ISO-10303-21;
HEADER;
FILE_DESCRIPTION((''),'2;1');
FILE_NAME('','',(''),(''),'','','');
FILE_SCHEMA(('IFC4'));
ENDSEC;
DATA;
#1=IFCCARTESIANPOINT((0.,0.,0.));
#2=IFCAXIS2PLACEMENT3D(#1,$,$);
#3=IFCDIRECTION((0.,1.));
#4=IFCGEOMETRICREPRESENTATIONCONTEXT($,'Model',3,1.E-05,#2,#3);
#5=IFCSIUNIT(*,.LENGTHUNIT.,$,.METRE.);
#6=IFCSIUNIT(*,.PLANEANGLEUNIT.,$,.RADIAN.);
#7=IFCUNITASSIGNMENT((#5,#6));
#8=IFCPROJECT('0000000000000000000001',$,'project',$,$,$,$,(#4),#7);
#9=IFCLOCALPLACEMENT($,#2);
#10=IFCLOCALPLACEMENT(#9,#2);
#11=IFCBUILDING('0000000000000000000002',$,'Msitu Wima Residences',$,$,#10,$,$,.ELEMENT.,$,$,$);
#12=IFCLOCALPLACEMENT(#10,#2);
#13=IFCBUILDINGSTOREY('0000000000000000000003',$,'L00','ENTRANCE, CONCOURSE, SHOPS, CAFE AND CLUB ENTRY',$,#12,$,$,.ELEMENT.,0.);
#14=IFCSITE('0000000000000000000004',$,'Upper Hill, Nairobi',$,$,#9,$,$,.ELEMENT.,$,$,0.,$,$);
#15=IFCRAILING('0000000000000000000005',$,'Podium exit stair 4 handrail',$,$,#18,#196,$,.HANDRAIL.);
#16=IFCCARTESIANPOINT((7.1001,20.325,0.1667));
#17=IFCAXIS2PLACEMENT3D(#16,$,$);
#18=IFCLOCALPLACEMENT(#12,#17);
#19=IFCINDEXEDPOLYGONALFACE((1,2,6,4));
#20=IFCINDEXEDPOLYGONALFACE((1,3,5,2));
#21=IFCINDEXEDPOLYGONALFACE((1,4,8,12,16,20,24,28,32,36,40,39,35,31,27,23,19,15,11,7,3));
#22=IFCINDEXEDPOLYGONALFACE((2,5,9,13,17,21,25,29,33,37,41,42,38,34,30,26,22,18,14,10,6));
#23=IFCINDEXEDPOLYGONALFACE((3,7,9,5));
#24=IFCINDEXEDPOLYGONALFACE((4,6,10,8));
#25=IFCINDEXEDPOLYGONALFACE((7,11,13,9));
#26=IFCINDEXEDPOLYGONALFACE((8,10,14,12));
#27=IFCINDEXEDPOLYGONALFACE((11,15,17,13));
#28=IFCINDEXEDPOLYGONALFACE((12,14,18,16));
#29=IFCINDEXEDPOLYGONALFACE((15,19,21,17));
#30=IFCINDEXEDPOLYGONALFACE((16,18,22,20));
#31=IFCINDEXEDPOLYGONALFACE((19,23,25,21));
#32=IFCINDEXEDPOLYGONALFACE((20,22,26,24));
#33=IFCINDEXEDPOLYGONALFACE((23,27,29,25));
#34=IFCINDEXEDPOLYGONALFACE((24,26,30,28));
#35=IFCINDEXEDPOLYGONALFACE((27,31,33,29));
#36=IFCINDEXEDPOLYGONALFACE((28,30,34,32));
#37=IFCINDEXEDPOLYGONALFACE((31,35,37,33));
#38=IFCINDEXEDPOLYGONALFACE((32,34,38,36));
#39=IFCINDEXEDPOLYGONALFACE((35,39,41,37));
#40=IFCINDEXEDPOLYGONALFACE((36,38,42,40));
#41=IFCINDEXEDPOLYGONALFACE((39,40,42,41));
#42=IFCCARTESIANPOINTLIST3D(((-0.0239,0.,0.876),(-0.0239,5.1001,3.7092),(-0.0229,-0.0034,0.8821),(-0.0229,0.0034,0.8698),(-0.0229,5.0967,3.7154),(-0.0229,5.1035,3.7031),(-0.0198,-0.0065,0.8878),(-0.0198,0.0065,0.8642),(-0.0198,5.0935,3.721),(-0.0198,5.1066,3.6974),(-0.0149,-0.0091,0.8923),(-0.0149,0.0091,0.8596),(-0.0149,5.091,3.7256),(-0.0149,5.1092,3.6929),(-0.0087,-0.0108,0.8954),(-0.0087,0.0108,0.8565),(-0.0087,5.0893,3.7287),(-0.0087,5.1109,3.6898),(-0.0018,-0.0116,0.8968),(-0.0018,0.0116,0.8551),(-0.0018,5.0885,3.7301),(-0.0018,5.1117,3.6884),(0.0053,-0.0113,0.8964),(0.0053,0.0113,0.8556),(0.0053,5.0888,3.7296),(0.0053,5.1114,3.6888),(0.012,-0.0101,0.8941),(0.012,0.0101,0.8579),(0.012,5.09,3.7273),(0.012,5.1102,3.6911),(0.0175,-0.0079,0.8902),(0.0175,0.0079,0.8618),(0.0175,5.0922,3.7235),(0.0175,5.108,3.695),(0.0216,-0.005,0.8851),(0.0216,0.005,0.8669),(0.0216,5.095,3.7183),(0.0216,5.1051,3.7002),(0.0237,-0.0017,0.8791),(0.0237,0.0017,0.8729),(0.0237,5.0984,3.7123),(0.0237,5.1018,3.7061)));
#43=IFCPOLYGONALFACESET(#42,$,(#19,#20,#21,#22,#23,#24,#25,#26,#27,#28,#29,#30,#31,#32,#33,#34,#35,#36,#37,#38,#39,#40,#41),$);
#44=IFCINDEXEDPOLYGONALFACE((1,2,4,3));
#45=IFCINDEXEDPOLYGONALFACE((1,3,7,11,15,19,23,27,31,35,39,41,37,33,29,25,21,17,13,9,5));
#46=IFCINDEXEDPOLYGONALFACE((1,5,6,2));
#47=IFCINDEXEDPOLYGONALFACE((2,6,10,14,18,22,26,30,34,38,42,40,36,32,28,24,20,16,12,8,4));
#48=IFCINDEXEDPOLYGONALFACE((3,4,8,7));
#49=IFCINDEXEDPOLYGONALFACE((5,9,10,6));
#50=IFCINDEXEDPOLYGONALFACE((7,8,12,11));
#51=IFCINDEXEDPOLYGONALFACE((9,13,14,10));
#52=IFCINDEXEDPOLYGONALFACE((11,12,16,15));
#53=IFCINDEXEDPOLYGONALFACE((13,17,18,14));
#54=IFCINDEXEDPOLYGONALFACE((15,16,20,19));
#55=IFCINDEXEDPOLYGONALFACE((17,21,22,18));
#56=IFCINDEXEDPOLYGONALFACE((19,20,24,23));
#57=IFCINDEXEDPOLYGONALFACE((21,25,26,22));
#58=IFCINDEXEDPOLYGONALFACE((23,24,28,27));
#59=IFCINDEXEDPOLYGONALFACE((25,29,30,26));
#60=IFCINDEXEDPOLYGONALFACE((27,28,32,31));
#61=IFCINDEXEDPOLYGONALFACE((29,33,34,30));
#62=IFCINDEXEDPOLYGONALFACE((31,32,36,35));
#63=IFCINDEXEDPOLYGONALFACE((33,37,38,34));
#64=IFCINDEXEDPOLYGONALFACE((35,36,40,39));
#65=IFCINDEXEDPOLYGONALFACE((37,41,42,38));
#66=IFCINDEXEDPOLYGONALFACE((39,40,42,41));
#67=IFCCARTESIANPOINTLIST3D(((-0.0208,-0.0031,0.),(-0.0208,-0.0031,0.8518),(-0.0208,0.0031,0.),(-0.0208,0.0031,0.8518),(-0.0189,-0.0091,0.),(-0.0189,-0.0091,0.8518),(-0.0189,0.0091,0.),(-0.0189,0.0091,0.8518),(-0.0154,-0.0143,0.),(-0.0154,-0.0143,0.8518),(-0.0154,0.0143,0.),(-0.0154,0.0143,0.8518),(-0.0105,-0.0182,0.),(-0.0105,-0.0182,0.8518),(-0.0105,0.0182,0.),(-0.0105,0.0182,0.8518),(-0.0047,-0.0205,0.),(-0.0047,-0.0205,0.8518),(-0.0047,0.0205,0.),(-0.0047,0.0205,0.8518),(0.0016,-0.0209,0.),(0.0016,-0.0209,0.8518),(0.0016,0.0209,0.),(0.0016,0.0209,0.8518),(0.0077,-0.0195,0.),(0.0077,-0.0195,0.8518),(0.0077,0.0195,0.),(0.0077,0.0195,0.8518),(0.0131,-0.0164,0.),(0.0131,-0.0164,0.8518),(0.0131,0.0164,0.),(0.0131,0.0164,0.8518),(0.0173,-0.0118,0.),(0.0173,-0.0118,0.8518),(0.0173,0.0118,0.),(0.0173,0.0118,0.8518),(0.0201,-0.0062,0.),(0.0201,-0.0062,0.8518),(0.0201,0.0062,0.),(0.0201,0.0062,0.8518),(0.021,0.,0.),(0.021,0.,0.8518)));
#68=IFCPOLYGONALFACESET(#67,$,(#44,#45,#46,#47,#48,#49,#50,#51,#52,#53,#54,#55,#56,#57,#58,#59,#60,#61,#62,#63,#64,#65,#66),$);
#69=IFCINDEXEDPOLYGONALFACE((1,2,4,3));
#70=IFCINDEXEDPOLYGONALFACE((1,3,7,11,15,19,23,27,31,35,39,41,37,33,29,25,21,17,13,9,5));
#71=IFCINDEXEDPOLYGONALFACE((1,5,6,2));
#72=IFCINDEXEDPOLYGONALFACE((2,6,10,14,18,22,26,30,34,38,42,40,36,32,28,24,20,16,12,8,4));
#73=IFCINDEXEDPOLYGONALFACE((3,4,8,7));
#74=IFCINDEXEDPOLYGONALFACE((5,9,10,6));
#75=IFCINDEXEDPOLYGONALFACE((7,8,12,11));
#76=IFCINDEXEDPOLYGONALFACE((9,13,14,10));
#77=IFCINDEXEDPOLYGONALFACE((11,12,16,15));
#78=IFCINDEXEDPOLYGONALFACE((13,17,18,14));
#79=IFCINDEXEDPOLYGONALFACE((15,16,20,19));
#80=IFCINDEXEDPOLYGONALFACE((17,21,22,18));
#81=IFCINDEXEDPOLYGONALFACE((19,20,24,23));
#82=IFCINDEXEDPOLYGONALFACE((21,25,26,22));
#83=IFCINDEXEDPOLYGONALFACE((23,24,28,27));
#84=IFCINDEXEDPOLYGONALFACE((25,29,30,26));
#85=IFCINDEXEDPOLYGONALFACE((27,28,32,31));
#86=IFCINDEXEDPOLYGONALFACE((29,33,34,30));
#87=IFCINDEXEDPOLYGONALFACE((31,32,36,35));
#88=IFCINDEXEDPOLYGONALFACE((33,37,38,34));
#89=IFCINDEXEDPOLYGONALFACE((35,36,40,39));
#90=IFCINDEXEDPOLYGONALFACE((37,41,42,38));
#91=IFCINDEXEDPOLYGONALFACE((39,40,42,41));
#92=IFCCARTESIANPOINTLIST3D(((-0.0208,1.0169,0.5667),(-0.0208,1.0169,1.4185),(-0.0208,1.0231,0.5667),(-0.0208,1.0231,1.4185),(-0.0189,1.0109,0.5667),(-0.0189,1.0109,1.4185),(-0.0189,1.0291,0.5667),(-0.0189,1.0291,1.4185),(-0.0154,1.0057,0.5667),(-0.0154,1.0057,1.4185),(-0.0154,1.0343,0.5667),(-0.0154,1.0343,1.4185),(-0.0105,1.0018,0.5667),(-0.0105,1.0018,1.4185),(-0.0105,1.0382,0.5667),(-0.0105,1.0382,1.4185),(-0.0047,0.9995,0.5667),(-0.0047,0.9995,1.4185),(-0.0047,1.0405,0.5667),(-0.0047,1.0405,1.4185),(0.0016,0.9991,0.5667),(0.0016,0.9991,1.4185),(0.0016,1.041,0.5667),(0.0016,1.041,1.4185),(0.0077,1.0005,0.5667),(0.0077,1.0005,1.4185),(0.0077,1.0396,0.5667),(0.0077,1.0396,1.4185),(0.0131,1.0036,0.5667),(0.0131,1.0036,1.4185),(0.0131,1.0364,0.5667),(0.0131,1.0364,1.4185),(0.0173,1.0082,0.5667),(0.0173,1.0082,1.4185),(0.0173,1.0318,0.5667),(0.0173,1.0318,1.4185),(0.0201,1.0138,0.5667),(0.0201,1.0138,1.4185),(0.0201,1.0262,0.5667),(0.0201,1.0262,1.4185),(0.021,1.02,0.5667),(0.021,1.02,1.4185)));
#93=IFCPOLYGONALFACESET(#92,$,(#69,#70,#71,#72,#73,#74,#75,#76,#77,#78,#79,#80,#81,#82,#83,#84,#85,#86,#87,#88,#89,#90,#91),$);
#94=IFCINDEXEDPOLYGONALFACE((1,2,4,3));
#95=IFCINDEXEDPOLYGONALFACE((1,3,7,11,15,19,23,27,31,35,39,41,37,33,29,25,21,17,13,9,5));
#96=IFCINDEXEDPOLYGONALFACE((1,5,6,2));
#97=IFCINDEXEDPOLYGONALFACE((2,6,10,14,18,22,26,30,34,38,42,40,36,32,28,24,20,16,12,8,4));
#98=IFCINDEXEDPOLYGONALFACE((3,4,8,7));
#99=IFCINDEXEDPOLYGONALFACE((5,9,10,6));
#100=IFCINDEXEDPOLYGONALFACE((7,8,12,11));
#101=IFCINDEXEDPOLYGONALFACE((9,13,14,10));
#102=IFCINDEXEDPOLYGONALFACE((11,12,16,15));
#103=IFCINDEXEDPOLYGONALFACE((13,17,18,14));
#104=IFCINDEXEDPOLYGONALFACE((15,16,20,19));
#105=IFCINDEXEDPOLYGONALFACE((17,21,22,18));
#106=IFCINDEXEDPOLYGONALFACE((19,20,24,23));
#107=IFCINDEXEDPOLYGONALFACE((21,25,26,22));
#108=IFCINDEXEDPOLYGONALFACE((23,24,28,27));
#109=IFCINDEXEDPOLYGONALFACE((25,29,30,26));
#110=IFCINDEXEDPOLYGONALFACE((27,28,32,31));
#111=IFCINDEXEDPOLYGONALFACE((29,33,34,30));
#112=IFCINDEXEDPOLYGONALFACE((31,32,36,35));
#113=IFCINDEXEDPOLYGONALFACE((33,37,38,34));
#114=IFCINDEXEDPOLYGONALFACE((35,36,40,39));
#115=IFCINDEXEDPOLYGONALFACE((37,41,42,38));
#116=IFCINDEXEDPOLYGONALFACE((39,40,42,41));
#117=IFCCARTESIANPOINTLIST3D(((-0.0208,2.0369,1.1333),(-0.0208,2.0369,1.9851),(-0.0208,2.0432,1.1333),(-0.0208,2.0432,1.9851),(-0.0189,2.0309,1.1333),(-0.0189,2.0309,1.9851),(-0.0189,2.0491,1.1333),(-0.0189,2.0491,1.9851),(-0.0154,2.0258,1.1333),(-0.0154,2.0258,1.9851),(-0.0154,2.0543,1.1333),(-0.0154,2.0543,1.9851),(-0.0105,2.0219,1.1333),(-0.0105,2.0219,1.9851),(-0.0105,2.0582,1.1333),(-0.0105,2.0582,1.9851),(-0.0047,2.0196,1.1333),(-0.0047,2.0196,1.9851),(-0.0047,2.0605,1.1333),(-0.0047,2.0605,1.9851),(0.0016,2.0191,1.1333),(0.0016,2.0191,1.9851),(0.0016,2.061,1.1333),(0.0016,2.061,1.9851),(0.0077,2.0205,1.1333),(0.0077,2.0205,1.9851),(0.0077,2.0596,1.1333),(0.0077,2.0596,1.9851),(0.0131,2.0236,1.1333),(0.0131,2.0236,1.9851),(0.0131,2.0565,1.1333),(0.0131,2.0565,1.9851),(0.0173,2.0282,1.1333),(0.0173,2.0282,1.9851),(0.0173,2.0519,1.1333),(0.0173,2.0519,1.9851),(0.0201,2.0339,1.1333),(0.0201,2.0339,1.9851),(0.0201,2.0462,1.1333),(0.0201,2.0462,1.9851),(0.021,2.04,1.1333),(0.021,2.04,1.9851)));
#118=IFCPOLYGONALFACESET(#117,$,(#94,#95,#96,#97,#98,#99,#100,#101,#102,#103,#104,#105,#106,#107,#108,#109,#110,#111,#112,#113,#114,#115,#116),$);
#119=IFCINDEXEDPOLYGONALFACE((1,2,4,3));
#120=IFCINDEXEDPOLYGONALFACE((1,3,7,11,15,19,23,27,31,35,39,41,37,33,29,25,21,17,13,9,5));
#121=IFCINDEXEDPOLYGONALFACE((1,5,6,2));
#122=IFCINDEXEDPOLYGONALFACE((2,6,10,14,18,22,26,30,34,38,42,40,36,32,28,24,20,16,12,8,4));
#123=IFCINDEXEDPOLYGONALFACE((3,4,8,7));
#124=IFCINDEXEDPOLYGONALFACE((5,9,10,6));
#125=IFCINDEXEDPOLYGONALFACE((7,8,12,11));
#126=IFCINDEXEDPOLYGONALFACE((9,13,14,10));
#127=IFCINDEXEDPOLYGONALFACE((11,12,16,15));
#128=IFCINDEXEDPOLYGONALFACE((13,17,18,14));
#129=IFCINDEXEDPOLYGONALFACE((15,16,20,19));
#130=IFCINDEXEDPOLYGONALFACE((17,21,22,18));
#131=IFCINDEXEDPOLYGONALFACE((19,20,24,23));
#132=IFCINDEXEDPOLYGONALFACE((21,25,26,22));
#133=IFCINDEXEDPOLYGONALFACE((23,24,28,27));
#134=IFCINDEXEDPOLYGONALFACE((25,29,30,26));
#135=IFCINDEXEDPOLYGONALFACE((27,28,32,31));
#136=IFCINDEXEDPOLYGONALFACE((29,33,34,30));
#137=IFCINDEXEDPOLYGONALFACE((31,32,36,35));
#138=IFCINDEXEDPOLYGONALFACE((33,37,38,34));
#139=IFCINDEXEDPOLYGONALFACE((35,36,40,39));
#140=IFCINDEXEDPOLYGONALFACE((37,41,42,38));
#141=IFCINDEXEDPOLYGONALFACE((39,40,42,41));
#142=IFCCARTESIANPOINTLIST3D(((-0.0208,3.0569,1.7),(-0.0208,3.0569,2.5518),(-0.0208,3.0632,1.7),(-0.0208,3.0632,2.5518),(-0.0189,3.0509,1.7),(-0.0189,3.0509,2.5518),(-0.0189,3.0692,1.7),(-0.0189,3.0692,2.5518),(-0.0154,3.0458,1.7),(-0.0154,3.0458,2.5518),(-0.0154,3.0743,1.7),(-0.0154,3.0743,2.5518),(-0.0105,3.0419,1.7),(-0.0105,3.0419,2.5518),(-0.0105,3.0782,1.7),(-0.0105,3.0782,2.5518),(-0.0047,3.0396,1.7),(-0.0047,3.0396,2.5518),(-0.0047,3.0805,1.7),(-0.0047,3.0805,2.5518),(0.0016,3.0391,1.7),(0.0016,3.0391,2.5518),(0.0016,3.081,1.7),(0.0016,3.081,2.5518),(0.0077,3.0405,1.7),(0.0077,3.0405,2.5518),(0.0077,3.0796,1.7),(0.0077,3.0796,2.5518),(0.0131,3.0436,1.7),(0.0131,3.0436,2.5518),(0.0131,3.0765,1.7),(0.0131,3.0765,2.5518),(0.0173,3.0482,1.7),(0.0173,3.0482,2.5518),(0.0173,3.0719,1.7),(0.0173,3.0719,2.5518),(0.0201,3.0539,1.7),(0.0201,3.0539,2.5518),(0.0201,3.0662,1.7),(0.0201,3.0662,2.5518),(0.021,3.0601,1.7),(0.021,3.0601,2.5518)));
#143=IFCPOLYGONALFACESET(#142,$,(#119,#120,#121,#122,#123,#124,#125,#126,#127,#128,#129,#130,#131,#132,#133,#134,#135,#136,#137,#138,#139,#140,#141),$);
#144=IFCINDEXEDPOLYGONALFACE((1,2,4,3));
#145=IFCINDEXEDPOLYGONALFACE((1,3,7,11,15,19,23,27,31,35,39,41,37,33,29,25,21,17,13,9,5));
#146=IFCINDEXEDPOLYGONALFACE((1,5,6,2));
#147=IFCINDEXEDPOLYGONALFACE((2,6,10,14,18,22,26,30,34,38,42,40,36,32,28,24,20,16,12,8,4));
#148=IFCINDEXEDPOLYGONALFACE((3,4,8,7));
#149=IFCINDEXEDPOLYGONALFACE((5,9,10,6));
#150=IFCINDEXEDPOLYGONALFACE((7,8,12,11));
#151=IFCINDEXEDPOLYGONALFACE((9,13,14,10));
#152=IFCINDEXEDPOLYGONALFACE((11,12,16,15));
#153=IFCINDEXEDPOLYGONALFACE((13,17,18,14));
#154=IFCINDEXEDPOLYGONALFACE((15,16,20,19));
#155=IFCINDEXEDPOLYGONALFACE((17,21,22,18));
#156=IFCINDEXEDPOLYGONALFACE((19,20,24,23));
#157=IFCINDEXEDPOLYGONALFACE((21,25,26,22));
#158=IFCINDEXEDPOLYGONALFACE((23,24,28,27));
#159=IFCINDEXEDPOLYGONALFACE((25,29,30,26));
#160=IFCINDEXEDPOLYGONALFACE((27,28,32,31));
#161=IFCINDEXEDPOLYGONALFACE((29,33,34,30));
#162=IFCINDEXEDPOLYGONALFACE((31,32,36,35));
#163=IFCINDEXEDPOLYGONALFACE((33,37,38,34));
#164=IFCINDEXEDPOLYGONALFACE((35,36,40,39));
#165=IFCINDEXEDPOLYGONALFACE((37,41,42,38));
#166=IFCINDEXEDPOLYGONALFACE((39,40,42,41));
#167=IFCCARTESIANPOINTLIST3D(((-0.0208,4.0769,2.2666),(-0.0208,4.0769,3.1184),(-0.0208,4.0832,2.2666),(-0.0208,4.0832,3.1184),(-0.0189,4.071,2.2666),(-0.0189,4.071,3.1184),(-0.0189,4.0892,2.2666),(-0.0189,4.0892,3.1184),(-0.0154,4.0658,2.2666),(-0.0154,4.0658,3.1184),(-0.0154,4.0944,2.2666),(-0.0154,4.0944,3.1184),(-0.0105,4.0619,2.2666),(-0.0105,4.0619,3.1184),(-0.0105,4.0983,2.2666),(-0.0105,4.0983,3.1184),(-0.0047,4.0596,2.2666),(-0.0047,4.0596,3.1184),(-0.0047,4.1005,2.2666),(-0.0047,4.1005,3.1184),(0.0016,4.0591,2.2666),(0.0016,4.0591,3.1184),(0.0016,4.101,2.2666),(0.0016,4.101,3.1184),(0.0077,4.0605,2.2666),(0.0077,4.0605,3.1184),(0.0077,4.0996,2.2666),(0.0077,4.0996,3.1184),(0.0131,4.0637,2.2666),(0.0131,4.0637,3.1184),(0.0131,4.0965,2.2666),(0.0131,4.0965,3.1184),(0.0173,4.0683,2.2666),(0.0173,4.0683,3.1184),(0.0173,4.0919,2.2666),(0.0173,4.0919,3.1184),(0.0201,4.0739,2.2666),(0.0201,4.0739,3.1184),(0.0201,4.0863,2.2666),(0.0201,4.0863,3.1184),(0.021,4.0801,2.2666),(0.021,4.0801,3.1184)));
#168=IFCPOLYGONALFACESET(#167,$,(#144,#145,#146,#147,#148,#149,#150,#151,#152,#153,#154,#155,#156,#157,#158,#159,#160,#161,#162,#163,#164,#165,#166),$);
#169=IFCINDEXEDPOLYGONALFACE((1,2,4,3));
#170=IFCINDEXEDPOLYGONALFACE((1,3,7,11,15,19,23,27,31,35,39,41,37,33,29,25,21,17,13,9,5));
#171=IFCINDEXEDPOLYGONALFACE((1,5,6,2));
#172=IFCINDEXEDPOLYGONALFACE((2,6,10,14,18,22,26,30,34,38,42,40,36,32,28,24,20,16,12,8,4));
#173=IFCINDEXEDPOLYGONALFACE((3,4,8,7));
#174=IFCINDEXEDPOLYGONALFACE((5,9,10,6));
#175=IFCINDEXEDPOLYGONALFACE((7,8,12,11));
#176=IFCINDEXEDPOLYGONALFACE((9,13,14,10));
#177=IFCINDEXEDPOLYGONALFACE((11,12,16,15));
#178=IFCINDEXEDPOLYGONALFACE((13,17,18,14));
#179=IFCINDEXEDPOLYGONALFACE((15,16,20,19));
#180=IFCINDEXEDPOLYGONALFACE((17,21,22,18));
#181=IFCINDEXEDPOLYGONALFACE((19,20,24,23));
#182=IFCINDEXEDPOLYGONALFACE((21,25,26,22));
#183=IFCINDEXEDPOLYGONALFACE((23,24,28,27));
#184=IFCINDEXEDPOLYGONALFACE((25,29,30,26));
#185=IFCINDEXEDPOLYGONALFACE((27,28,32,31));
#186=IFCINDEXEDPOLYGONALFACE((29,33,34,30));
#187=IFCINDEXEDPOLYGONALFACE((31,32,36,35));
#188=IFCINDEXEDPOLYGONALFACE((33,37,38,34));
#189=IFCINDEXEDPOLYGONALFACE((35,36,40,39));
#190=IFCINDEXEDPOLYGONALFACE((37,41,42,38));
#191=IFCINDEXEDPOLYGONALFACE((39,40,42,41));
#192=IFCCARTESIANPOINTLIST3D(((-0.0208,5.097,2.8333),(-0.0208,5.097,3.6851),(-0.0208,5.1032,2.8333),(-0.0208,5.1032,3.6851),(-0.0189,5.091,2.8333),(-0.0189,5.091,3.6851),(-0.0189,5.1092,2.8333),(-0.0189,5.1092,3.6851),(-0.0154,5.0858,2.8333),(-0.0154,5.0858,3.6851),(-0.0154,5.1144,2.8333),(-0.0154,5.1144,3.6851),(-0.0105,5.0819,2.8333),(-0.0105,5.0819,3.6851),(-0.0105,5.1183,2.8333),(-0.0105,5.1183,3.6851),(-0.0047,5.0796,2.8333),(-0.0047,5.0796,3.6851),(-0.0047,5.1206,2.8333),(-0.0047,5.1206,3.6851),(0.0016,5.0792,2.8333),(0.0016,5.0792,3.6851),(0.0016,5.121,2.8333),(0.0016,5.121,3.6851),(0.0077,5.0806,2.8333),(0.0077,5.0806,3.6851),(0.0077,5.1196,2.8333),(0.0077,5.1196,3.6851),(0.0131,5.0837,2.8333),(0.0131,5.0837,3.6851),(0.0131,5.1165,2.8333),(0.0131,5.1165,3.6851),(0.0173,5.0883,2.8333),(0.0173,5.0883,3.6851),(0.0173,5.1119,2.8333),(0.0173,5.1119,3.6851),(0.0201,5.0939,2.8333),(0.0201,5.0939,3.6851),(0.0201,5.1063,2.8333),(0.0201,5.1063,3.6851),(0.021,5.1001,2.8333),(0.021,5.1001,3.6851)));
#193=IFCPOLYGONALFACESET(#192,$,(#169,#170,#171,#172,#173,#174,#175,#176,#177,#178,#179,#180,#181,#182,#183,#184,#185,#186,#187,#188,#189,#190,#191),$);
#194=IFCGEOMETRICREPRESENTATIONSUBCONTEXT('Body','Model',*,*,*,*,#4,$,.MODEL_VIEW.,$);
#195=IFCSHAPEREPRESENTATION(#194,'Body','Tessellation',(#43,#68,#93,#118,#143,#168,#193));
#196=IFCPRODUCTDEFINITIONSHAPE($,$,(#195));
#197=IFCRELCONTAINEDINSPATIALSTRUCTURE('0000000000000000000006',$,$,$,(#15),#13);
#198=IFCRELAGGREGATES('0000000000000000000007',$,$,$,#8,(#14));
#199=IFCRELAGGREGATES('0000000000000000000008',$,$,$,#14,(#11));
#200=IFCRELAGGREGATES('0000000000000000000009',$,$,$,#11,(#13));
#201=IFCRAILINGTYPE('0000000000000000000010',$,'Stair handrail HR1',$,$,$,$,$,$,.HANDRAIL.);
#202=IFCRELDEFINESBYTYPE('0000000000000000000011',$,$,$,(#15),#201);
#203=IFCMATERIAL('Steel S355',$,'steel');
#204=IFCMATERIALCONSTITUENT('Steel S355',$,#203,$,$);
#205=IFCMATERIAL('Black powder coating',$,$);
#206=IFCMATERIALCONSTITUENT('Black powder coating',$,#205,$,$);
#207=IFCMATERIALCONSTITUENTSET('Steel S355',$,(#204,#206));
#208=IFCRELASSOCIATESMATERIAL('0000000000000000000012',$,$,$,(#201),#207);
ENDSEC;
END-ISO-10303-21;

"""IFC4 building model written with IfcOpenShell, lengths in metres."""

from ifc_helpers import new_model, si_unit, direction, frame, origin, origin_2d, place, context, subcontext, project, spatial, circle, extrude, material, constituent, constituent_set, type_object, element, save


model = new_model("IFC4")

# Units and contexts
model_context = context("Model", 3, precision=1e-05, world=origin(), true_north=direction((0.0, 1.0)))
body_context = subcontext(model_context, "Body", "Model", "MODEL_VIEW")
ifc_project = project(units=[si_unit("LENGTHUNIT", "METRE"), si_unit("PLANEANGLEUNIT", "RADIAN")], contexts=[model_context])

# Site, building, storey
site_placement = place(None, origin())
site = spatial("IfcSite", under=ifc_project, at=site_placement, Name="Upper Hill, Nairobi", CompositionType="ELEMENT", RefElevation=0.0)
building_placement = place(site_placement, origin())
building = spatial("IfcBuilding", under=site, at=building_placement, Name="Msitu Wima Residences", CompositionType="ELEMENT")
storey_placement = place(building_placement, origin())
storey = spatial("IfcBuildingStorey", under=building, at=storey_placement, Name="L00", Description="ENTRANCE, CONCOURSE, SHOPS, CAFE AND CLUB ENTRY", CompositionType="ELEMENT", Elevation=0.0)

# Railing
ifc_material_1 = material(Name="Steel S355", Category="steel")
ifc_constituent_1 = constituent(ifc_material_1, Name="Steel S355")
ifc_material_2 = material(Name="Black powder coating")
ifc_constituent_2 = constituent(ifc_material_2, Name="Black powder coating")
ifc_constituent_set = constituent_set(constituents=[ifc_constituent_1, ifc_constituent_2], Name="Steel S355")
railing_type = type_object("IfcRailingType", Name="Stair handrail HR1", PredefinedType="HANDRAIL", material=ifc_constituent_set)
for number, where, name in (
    (1, (7.1001, 20.325, 0.1667), "Podium exit stair 4 handrail"),
):
    element("IfcRailing", number, at=place(storey_placement, frame(where)), inside=storey, type_object=railing_type, Name=name, PredefinedType="HANDRAIL", context=body_context, shape_type="SweptSolid", body=[
        extrude(circle(Radius=0.0239, at=origin_2d()), frame((0.0, 0.0, 0.876), z_axis=(0.0, 0.874167, 0.485625), x_axis=(-1.0, 0.0, 0.0)), (0.0, 0.0, 1.0), 5.8342),
        extrude(circle(Radius=0.021, at=origin_2d()), origin(), (0.0, 0.0, 1.0), 0.8518),
        extrude(circle(Radius=0.021, at=origin_2d()), frame((0.0, 1.02, 0.5667)), (0.0, 0.0, 1.0), 0.8518),
        extrude(circle(Radius=0.021, at=origin_2d()), frame((0.0, 2.04, 1.1333)), (0.0, 0.0, 1.0), 0.8518),
        extrude(circle(Radius=0.021, at=origin_2d()), frame((0.0, 3.0601, 1.7)), (0.0, 0.0, 1.0), 0.8518),
        extrude(circle(Radius=0.021, at=origin_2d()), frame((0.0, 4.0801, 2.2666)), (0.0, 0.0, 1.0), 0.8518),
        extrude(circle(Radius=0.021, at=origin_2d()), frame((0.0, 5.1001, 2.8333)), (0.0, 0.0, 1.0), 0.8518),
    ])

save(model, "model.ifc")
